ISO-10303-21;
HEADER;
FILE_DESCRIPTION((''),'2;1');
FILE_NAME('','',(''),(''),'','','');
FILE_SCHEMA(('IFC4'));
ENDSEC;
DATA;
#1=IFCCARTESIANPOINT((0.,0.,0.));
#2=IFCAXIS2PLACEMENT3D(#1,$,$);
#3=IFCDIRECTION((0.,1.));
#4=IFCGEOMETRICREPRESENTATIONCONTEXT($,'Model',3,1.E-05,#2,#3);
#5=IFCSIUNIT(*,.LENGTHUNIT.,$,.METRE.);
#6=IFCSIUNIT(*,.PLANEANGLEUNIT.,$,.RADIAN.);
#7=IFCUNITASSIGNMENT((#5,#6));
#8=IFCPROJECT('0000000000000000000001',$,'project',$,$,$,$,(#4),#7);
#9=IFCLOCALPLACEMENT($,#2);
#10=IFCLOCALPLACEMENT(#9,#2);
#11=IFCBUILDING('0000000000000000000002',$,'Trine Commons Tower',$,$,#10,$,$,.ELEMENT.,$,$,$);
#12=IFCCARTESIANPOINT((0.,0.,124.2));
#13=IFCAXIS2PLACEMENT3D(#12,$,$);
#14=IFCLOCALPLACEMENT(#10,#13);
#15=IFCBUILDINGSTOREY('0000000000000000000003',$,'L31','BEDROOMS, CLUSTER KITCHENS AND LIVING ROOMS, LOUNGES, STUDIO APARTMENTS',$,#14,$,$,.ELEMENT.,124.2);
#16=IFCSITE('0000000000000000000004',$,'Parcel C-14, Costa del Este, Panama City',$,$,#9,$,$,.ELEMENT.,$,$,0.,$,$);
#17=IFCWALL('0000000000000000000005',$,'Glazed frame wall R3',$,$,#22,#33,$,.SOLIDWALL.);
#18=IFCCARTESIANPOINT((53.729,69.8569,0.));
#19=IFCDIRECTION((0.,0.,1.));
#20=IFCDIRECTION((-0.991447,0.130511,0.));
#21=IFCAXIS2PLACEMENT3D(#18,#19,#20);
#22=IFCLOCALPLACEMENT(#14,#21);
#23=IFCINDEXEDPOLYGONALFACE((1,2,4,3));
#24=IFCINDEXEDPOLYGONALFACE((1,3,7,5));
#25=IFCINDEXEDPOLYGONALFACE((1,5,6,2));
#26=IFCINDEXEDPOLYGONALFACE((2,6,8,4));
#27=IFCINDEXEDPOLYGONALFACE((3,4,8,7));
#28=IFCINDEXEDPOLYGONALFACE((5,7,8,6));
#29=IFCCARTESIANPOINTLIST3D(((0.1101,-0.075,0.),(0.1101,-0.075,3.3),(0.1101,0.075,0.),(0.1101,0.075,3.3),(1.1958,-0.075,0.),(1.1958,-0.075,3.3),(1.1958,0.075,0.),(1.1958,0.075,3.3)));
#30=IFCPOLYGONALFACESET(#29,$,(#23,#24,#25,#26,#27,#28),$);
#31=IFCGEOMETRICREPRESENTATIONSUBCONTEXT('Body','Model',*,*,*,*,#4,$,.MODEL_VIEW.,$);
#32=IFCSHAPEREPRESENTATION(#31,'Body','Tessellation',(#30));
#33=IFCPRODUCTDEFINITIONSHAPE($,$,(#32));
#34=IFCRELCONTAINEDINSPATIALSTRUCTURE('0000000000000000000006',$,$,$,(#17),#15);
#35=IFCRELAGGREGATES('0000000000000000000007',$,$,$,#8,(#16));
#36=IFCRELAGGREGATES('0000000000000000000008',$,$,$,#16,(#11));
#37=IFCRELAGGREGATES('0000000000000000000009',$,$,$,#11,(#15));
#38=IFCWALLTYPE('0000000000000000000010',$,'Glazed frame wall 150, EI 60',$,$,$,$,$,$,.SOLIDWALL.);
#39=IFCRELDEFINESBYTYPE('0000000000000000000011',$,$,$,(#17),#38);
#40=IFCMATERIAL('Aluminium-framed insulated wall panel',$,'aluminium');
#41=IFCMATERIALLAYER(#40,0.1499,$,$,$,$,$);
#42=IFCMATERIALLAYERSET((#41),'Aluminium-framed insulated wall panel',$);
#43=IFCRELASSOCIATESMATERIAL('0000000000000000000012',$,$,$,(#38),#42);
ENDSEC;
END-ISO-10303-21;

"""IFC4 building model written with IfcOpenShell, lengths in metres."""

from ifc_helpers import new_model, si_unit, direction, frame, origin, place, context, subcontext, project, spatial, polyline, outline, extrude, material, layer, layer_set, type_object, element, save


model = new_model("IFC4")

# Units and contexts
model_context = context("Model", 3, precision=1e-05, world=origin(), true_north=direction((0.0, 1.0)))
body_context = subcontext(model_context, "Body", "Model", "MODEL_VIEW")
ifc_project = project(units=[si_unit("LENGTHUNIT", "METRE"), si_unit("PLANEANGLEUNIT", "RADIAN")], contexts=[model_context])

# Site, building, storey
site_placement = place(None, origin())
site = spatial("IfcSite", under=ifc_project, at=site_placement, Name="Parcel C-14, Costa del Este, Panama City", CompositionType="ELEMENT", RefElevation=0.0)
building_placement = place(site_placement, origin())
building = spatial("IfcBuilding", under=site, at=building_placement, Name="Trine Commons Tower", CompositionType="ELEMENT")
storey_placement = place(building_placement, frame((0.0, 0.0, 124.2)))
storey = spatial("IfcBuildingStorey", under=building, at=storey_placement, Name="L31", Description="BEDROOMS, CLUSTER KITCHENS AND LIVING ROOMS, LOUNGES, STUDIO APARTMENTS", CompositionType="ELEMENT", Elevation=124.2)

# Shared definitions
ifc_material_1 = material(Name="Aluminium-framed insulated wall panel", Category="aluminium")
ifc_layer_1 = layer(ifc_material_1, 0.1499)
ifc_layer_set_1 = layer_set([ifc_layer_1], Name="Aluminium-framed insulated wall panel")
wall_type_1 = type_object("IfcWallType", Name="Glazed frame wall 150, EI 60", PredefinedType="SOLIDWALL", material=ifc_layer_set_1)

# Wall
wall_1_placement = place(storey_placement, frame((53.729, 69.8569, 0.0), z_axis=(0.0, 0.0, 1.0), x_axis=(-0.991447, 0.130511, 0.0)))
element("IfcWall", 1, at=wall_1_placement, inside=storey, type_object=wall_type_1, Name="Glazed frame wall R3", PredefinedType="SOLIDWALL", context=body_context, shape_type="SweptSolid", body=[
    extrude(outline(polyline([(0.1101, 0.075), (0.1101, -0.075), (1.1958, -0.075), (1.1958, 0.075), (0.1101, 0.075)])), origin(), (0.0, 0.0, 1.0), 3.3),
])

save(model, "model.ifc")
